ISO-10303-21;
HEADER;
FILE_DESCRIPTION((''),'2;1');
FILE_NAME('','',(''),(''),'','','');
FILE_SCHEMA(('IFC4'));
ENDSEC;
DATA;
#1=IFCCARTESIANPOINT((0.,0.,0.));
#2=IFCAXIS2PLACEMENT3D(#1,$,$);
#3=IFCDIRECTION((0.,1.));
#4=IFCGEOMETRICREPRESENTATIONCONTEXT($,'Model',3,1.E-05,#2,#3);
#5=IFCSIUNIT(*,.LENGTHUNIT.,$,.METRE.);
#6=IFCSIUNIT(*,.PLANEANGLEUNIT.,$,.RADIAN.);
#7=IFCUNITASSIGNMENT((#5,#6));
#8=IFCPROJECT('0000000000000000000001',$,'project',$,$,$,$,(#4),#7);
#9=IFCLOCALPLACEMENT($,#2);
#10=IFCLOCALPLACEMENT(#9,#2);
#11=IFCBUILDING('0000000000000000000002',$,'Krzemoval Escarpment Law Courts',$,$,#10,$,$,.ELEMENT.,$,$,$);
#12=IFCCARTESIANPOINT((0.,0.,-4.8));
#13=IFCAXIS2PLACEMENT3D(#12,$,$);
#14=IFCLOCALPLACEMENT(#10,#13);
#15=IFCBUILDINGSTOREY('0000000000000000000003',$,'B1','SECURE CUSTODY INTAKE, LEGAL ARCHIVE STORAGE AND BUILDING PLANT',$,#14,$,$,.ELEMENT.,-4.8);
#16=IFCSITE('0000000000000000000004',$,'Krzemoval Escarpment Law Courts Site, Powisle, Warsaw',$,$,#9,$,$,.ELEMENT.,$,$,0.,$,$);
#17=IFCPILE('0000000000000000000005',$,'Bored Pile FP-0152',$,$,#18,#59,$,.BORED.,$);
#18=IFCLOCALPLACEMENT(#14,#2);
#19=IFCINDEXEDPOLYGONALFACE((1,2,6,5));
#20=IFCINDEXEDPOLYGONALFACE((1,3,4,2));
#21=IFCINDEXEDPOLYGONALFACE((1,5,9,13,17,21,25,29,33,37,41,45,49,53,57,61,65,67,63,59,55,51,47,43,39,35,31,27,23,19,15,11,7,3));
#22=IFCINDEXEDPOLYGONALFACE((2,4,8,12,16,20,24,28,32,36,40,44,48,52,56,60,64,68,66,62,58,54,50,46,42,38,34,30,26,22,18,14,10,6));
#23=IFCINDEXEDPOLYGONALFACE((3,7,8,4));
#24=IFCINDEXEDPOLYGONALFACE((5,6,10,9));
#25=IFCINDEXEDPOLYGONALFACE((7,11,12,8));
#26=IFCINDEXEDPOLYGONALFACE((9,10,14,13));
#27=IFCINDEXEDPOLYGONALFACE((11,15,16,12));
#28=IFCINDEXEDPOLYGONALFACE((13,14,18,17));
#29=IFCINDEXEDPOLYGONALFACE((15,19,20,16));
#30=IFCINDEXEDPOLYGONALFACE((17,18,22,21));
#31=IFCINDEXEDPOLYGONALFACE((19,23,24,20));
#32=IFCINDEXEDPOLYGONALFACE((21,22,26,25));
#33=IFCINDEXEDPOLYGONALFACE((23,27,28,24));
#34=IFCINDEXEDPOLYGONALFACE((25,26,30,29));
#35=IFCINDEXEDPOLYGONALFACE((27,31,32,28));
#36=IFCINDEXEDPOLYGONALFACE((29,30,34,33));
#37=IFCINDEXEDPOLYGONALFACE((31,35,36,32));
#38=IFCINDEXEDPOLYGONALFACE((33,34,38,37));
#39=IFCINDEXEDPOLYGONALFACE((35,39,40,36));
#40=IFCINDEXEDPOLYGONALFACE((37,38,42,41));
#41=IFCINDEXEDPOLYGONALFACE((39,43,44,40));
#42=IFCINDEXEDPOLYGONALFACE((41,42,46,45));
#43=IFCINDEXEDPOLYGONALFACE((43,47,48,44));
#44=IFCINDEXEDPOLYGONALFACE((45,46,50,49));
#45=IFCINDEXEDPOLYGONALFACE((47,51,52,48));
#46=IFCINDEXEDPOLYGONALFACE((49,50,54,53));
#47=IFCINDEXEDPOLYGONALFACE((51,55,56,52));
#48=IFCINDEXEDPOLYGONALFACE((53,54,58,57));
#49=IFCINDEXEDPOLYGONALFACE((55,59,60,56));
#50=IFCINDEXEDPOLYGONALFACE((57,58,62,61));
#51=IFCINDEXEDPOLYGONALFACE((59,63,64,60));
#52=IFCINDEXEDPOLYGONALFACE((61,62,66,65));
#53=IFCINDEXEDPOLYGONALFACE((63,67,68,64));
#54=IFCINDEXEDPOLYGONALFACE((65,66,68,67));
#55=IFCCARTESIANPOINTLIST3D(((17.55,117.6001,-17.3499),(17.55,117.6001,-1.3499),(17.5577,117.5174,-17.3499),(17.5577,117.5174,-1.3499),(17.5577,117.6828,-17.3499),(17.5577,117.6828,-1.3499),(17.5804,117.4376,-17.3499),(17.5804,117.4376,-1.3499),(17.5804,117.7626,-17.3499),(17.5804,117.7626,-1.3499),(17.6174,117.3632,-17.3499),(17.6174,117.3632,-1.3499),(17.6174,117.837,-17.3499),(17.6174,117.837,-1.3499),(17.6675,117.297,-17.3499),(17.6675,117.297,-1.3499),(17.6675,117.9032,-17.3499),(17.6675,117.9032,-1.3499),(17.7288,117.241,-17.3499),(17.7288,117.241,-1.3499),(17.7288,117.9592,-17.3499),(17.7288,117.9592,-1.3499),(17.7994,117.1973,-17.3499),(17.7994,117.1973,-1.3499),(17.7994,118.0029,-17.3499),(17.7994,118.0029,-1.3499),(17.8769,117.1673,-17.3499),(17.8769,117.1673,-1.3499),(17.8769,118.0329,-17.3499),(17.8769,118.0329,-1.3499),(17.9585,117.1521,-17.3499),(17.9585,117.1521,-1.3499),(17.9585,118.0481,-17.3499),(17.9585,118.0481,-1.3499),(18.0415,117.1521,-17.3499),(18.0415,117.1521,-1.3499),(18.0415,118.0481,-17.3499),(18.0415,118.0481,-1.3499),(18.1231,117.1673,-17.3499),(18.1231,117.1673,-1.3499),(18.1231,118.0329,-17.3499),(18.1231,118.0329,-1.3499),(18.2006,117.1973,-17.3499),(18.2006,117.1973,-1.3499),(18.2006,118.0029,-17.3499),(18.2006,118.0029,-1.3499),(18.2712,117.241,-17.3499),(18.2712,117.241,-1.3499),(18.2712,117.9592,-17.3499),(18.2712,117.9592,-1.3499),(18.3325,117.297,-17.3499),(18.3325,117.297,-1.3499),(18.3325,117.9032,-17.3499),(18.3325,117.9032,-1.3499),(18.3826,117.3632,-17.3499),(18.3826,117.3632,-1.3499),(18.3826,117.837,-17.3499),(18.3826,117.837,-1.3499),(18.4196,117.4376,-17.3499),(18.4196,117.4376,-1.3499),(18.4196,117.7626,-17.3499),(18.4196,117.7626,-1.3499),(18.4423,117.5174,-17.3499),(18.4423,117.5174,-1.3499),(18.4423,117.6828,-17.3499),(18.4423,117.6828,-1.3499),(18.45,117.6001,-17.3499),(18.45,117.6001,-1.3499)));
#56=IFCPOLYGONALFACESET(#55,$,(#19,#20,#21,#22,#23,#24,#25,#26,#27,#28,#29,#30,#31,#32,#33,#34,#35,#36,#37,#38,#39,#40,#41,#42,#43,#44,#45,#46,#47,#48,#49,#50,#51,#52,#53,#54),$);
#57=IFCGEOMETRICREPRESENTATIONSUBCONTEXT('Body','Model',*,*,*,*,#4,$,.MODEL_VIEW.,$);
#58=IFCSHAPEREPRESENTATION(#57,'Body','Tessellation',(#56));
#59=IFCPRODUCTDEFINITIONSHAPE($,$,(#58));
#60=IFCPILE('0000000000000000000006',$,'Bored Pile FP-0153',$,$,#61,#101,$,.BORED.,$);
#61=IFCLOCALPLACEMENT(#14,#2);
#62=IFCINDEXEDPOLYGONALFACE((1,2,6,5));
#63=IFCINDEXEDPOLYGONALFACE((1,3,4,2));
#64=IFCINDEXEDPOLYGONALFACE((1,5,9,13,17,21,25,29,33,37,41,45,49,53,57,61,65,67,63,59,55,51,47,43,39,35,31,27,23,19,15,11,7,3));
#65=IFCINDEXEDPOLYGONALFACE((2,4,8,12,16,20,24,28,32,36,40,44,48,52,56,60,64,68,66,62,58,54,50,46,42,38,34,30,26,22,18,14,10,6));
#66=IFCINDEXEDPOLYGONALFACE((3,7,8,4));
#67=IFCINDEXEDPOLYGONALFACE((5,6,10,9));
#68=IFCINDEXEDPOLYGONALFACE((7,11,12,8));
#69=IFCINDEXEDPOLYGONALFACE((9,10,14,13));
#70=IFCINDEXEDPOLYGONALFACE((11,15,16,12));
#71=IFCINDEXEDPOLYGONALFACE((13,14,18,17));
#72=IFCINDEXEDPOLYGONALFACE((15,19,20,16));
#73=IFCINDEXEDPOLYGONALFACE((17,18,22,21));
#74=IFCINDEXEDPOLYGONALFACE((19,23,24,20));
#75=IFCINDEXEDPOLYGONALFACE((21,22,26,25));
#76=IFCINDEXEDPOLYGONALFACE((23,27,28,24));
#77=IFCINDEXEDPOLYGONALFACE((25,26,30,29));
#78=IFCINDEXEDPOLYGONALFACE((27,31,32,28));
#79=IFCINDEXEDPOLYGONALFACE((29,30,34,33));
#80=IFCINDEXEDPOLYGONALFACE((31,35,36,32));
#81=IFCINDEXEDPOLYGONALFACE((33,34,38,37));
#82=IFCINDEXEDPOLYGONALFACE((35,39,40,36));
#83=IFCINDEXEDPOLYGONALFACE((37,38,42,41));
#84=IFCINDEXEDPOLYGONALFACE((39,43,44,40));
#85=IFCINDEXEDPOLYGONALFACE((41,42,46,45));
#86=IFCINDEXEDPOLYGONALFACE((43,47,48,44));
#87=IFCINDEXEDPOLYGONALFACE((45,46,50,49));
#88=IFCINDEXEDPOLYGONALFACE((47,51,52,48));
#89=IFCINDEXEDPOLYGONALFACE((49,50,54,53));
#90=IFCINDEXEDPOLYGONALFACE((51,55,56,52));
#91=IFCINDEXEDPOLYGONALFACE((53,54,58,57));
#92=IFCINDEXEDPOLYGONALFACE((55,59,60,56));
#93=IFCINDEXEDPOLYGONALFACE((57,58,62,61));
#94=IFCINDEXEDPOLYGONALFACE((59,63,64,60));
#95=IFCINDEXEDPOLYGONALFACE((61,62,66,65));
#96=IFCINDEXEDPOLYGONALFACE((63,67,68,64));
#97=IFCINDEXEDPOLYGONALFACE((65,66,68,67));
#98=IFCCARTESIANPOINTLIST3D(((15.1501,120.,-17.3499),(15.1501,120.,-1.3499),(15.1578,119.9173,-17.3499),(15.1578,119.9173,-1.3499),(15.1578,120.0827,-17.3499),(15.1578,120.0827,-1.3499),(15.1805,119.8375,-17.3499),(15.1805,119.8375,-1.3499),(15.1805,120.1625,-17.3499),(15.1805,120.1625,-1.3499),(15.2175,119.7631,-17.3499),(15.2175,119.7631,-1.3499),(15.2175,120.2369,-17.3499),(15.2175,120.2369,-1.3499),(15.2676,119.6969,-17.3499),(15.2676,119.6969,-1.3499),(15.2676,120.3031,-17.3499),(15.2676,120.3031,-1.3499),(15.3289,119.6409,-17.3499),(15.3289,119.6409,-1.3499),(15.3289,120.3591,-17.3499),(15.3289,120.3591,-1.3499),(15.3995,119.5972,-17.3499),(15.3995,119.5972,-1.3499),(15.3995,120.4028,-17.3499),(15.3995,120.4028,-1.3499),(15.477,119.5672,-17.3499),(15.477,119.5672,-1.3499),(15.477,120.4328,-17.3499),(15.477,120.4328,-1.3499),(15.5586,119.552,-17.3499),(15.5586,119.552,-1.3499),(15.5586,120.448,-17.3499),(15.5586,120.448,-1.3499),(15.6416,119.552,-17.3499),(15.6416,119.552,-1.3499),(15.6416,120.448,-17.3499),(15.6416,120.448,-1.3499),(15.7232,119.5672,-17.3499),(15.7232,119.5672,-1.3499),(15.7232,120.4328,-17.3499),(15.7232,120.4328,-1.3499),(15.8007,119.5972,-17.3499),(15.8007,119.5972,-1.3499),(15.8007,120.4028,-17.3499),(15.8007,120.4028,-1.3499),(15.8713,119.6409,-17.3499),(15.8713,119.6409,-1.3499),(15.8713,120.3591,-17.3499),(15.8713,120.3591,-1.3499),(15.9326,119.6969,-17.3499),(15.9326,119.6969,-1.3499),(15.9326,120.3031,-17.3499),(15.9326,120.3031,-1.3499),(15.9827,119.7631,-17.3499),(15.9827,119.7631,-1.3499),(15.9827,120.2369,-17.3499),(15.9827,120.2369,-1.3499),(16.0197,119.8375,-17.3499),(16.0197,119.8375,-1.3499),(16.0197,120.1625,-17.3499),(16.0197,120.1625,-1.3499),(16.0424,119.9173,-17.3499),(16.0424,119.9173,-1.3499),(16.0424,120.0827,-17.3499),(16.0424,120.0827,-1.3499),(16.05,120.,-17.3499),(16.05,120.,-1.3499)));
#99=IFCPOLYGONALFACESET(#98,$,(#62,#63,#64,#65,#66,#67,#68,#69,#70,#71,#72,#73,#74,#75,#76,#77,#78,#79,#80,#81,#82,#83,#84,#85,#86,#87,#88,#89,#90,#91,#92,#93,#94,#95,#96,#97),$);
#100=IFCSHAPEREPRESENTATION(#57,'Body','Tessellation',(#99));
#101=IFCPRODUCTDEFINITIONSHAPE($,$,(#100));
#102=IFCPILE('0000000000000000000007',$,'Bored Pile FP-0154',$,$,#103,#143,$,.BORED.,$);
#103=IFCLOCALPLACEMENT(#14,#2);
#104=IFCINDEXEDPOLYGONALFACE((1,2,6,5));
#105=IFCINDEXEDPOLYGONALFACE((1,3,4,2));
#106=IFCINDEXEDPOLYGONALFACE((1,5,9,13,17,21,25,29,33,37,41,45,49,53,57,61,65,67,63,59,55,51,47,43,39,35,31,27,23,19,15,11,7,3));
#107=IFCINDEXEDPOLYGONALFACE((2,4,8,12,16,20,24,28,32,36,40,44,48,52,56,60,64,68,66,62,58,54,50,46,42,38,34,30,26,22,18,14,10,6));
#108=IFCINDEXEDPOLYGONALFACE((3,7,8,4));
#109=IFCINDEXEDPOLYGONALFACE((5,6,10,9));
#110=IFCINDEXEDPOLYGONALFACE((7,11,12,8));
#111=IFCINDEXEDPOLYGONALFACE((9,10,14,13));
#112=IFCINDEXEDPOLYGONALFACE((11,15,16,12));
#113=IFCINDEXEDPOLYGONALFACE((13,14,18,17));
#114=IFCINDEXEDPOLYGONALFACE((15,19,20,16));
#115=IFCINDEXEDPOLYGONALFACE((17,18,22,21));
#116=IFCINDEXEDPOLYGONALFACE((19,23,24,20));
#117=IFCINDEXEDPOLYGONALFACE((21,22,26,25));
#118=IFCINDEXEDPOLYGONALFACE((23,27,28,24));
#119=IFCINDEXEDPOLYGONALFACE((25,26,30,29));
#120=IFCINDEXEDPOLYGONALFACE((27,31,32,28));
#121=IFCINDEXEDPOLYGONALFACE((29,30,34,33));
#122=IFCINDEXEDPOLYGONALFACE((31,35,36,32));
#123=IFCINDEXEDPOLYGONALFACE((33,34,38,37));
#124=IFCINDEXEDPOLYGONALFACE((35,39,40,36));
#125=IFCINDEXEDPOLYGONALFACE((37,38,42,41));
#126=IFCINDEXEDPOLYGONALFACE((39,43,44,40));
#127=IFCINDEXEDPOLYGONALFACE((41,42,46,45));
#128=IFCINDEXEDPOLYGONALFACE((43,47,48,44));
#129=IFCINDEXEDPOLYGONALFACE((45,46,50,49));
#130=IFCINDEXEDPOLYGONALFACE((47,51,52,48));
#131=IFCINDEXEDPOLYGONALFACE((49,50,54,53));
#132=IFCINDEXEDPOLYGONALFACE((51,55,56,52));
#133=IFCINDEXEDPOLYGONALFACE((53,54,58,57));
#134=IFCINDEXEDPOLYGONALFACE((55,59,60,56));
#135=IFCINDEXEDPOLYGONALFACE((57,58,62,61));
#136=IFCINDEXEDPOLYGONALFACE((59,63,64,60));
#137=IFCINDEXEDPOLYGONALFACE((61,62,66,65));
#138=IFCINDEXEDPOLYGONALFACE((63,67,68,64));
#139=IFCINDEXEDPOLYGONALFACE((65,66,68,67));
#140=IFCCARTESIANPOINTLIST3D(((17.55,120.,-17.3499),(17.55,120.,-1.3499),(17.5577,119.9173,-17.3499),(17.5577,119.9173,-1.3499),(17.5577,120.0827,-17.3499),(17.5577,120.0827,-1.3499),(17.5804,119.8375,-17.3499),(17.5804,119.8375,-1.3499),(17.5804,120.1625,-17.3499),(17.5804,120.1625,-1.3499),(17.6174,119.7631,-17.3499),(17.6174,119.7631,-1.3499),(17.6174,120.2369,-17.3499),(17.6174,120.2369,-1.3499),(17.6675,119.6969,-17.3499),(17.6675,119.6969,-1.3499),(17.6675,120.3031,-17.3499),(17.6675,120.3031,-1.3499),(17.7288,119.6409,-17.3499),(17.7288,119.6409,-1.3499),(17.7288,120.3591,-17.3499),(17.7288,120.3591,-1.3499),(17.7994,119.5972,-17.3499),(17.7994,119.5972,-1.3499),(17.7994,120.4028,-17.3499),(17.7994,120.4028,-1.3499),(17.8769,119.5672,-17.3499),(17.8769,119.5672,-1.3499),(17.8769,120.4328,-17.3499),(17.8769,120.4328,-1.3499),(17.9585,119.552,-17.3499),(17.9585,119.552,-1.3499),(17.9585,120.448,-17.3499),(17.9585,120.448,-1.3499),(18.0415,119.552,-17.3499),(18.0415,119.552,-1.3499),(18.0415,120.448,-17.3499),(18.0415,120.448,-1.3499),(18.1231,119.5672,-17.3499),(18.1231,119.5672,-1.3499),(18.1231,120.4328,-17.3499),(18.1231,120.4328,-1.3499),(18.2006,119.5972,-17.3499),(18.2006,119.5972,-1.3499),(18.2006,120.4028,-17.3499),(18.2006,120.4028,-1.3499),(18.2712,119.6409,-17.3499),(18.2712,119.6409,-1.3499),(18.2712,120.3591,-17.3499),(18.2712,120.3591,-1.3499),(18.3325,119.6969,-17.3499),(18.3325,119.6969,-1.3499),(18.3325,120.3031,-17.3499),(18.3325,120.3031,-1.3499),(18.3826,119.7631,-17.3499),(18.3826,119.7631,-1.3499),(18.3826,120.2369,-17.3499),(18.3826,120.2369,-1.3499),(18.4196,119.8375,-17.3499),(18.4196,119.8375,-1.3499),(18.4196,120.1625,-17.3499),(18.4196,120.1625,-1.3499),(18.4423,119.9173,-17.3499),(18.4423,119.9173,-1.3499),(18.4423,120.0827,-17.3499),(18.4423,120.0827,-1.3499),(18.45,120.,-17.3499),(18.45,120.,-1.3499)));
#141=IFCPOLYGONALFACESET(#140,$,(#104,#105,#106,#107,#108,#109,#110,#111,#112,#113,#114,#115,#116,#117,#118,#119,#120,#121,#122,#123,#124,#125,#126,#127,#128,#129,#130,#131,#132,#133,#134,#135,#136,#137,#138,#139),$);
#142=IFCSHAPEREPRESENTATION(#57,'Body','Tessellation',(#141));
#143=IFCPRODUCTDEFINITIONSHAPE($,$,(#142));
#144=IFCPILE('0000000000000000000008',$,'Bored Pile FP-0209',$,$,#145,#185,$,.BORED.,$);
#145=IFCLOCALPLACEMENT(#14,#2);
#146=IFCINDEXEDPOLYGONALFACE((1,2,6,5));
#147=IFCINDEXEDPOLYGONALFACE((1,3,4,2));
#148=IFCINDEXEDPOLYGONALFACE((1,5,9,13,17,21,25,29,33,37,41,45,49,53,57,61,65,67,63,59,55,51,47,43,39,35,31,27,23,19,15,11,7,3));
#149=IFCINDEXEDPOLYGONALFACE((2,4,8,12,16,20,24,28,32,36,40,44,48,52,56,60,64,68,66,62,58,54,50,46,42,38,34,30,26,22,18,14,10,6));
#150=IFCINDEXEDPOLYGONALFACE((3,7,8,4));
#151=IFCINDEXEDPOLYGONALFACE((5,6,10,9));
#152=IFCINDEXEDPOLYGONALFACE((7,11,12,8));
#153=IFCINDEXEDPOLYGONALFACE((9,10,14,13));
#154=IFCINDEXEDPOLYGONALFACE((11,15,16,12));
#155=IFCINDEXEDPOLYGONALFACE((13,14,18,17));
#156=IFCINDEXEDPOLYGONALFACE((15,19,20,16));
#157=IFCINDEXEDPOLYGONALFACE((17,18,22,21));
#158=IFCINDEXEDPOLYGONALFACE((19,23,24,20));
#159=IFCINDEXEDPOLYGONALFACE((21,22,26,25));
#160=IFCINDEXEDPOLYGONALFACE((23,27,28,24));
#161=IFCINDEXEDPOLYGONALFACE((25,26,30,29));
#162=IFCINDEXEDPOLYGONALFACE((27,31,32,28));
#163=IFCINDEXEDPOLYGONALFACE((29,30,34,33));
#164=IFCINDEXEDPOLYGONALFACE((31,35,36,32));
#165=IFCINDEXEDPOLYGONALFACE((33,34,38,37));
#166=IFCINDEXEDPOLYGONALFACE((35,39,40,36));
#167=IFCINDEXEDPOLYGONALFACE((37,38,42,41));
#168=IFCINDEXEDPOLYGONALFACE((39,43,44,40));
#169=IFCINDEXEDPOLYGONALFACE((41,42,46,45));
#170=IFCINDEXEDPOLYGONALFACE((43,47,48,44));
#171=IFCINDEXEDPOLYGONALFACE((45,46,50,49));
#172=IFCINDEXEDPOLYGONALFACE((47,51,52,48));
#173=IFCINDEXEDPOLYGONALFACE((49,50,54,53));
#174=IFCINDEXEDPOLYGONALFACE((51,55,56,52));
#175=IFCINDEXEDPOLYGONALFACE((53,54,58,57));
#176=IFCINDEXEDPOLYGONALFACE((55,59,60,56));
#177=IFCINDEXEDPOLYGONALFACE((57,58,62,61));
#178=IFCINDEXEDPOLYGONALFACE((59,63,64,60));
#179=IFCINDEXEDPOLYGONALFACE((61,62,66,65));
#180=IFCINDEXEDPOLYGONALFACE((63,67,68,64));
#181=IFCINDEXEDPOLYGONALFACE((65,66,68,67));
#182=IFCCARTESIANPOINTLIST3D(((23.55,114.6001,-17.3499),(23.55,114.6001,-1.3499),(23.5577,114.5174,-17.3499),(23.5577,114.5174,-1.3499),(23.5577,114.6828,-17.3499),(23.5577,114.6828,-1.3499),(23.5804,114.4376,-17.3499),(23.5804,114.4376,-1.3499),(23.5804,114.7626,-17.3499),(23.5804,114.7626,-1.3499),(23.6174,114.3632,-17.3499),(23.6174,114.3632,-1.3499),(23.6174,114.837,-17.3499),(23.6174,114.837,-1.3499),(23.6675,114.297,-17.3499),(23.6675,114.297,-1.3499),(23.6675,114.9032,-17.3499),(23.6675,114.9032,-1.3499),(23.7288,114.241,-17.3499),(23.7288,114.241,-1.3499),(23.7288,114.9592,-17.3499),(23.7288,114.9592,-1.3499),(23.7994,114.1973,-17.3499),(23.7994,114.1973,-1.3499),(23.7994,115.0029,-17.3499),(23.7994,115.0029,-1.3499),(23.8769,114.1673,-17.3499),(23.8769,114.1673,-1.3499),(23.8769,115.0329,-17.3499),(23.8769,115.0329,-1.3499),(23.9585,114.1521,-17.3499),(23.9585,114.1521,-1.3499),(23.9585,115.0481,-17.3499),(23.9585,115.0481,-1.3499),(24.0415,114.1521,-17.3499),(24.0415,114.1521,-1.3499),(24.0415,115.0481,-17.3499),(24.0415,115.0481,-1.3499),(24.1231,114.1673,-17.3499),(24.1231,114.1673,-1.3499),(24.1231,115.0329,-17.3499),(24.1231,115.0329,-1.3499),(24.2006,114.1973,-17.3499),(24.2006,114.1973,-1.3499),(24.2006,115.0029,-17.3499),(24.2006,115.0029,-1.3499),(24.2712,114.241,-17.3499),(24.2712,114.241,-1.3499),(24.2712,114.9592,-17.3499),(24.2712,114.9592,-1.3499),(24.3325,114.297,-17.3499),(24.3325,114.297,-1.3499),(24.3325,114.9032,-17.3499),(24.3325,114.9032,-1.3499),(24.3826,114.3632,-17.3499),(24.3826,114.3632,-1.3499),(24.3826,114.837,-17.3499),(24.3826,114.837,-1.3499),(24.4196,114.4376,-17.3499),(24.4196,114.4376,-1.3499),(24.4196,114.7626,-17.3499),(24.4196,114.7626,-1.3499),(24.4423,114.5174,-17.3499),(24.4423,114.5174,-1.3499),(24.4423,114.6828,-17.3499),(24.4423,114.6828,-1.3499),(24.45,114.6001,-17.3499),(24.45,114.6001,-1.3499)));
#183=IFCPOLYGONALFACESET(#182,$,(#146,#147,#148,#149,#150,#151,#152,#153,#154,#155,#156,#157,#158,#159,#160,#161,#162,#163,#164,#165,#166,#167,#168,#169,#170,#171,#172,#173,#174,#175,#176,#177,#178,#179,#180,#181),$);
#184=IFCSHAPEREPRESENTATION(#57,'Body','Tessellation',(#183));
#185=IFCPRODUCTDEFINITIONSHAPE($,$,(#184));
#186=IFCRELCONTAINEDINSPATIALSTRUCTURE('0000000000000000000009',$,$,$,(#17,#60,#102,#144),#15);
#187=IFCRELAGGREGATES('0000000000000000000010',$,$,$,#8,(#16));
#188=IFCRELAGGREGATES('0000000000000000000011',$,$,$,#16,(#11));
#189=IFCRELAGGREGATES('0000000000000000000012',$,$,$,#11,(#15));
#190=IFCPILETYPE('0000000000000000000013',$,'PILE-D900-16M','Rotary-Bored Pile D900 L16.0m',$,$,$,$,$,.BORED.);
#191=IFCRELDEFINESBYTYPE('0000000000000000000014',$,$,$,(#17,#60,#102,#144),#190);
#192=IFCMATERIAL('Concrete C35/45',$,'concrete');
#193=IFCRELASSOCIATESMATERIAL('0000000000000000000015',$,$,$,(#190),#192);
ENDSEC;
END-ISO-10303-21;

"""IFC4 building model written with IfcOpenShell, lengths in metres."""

from ifc_helpers import new_model, si_unit, direction, frame, origin, origin_2d, place, context, subcontext, project, spatial, circle, extrude, material, material_profile, profile_set, type_object, element, save


model = new_model("IFC4")

# Units and contexts
model_context = context("Model", 3, precision=1e-05, world=origin(), true_north=direction((0.0, 1.0)))
body_context = subcontext(model_context, "Body", "Model", "MODEL_VIEW")
ifc_project = project(units=[si_unit("LENGTHUNIT", "METRE"), si_unit("PLANEANGLEUNIT", "RADIAN")], contexts=[model_context])

# Site, building, storey
site_placement = place(None, origin())
site = spatial("IfcSite", under=ifc_project, at=site_placement, Name="Krzemoval Escarpment Law Courts Site, Powisle, Warsaw", CompositionType="ELEMENT", RefElevation=0.0)
building_placement = place(site_placement, origin())
building = spatial("IfcBuilding", under=site, at=building_placement, Name="Krzemoval Escarpment Law Courts", CompositionType="ELEMENT")
storey_placement = place(building_placement, frame((0.0, 0.0, -4.8)))
storey = spatial("IfcBuildingStorey", under=building, at=storey_placement, Name="B1", Description="SECURE CUSTODY INTAKE, LEGAL ARCHIVE STORAGE AND BUILDING PLANT", CompositionType="ELEMENT", Elevation=-4.8)

# Piles
ifc_material_1 = material(Name="Concrete C35/45", Category="concrete")
ifc_material_profile_1 = material_profile(ifc_material_1, circle(Radius=0.45, at=origin_2d()), Name="PILE D900")
ifc_profile_set_1 = profile_set([ifc_material_profile_1], Name="Concrete C35/45")
pile_type = type_object("IfcPileType", Name="PILE-D900-16M", Description="Rotary-Bored Pile D900 L16.0m", PredefinedType="BORED", material=ifc_profile_set_1)
for number, where, z_axis, x_axis, name in (
    (1, (18.0, 117.6001, -1.3499), (0.0, 0.0, -1.0), (1.0, 0.0, 0.0), "Bored Pile FP-0152"),
    (2, (15.6001, 120.0, -1.3499), (0.0, 0.0, -1.0), (1.0, 0.0, 0.0), "Bored Pile FP-0153"),
    (3, (18.0, 120.0, -1.3499), (0.0, 0.0, -1.0), (1.0, 0.0, 0.0), "Bored Pile FP-0154"),
    (4, (24.0, 114.6001, -1.3499), (0.0, 0.0, -1.0), (1.0, 0.0, 0.0), "Bored Pile FP-0209"),
):
    element("IfcPile", number, at=place(storey_placement, frame(where, z_axis=z_axis, x_axis=x_axis)), inside=storey, type_object=pile_type, Name=name, PredefinedType="BORED", context=body_context, shape_type="SweptSolid", body=[
        extrude(circle(Radius=0.45, at=origin_2d()), origin(), (0.0, 0.0, 1.0), 16.0),
    ])

save(model, "model.ifc")
